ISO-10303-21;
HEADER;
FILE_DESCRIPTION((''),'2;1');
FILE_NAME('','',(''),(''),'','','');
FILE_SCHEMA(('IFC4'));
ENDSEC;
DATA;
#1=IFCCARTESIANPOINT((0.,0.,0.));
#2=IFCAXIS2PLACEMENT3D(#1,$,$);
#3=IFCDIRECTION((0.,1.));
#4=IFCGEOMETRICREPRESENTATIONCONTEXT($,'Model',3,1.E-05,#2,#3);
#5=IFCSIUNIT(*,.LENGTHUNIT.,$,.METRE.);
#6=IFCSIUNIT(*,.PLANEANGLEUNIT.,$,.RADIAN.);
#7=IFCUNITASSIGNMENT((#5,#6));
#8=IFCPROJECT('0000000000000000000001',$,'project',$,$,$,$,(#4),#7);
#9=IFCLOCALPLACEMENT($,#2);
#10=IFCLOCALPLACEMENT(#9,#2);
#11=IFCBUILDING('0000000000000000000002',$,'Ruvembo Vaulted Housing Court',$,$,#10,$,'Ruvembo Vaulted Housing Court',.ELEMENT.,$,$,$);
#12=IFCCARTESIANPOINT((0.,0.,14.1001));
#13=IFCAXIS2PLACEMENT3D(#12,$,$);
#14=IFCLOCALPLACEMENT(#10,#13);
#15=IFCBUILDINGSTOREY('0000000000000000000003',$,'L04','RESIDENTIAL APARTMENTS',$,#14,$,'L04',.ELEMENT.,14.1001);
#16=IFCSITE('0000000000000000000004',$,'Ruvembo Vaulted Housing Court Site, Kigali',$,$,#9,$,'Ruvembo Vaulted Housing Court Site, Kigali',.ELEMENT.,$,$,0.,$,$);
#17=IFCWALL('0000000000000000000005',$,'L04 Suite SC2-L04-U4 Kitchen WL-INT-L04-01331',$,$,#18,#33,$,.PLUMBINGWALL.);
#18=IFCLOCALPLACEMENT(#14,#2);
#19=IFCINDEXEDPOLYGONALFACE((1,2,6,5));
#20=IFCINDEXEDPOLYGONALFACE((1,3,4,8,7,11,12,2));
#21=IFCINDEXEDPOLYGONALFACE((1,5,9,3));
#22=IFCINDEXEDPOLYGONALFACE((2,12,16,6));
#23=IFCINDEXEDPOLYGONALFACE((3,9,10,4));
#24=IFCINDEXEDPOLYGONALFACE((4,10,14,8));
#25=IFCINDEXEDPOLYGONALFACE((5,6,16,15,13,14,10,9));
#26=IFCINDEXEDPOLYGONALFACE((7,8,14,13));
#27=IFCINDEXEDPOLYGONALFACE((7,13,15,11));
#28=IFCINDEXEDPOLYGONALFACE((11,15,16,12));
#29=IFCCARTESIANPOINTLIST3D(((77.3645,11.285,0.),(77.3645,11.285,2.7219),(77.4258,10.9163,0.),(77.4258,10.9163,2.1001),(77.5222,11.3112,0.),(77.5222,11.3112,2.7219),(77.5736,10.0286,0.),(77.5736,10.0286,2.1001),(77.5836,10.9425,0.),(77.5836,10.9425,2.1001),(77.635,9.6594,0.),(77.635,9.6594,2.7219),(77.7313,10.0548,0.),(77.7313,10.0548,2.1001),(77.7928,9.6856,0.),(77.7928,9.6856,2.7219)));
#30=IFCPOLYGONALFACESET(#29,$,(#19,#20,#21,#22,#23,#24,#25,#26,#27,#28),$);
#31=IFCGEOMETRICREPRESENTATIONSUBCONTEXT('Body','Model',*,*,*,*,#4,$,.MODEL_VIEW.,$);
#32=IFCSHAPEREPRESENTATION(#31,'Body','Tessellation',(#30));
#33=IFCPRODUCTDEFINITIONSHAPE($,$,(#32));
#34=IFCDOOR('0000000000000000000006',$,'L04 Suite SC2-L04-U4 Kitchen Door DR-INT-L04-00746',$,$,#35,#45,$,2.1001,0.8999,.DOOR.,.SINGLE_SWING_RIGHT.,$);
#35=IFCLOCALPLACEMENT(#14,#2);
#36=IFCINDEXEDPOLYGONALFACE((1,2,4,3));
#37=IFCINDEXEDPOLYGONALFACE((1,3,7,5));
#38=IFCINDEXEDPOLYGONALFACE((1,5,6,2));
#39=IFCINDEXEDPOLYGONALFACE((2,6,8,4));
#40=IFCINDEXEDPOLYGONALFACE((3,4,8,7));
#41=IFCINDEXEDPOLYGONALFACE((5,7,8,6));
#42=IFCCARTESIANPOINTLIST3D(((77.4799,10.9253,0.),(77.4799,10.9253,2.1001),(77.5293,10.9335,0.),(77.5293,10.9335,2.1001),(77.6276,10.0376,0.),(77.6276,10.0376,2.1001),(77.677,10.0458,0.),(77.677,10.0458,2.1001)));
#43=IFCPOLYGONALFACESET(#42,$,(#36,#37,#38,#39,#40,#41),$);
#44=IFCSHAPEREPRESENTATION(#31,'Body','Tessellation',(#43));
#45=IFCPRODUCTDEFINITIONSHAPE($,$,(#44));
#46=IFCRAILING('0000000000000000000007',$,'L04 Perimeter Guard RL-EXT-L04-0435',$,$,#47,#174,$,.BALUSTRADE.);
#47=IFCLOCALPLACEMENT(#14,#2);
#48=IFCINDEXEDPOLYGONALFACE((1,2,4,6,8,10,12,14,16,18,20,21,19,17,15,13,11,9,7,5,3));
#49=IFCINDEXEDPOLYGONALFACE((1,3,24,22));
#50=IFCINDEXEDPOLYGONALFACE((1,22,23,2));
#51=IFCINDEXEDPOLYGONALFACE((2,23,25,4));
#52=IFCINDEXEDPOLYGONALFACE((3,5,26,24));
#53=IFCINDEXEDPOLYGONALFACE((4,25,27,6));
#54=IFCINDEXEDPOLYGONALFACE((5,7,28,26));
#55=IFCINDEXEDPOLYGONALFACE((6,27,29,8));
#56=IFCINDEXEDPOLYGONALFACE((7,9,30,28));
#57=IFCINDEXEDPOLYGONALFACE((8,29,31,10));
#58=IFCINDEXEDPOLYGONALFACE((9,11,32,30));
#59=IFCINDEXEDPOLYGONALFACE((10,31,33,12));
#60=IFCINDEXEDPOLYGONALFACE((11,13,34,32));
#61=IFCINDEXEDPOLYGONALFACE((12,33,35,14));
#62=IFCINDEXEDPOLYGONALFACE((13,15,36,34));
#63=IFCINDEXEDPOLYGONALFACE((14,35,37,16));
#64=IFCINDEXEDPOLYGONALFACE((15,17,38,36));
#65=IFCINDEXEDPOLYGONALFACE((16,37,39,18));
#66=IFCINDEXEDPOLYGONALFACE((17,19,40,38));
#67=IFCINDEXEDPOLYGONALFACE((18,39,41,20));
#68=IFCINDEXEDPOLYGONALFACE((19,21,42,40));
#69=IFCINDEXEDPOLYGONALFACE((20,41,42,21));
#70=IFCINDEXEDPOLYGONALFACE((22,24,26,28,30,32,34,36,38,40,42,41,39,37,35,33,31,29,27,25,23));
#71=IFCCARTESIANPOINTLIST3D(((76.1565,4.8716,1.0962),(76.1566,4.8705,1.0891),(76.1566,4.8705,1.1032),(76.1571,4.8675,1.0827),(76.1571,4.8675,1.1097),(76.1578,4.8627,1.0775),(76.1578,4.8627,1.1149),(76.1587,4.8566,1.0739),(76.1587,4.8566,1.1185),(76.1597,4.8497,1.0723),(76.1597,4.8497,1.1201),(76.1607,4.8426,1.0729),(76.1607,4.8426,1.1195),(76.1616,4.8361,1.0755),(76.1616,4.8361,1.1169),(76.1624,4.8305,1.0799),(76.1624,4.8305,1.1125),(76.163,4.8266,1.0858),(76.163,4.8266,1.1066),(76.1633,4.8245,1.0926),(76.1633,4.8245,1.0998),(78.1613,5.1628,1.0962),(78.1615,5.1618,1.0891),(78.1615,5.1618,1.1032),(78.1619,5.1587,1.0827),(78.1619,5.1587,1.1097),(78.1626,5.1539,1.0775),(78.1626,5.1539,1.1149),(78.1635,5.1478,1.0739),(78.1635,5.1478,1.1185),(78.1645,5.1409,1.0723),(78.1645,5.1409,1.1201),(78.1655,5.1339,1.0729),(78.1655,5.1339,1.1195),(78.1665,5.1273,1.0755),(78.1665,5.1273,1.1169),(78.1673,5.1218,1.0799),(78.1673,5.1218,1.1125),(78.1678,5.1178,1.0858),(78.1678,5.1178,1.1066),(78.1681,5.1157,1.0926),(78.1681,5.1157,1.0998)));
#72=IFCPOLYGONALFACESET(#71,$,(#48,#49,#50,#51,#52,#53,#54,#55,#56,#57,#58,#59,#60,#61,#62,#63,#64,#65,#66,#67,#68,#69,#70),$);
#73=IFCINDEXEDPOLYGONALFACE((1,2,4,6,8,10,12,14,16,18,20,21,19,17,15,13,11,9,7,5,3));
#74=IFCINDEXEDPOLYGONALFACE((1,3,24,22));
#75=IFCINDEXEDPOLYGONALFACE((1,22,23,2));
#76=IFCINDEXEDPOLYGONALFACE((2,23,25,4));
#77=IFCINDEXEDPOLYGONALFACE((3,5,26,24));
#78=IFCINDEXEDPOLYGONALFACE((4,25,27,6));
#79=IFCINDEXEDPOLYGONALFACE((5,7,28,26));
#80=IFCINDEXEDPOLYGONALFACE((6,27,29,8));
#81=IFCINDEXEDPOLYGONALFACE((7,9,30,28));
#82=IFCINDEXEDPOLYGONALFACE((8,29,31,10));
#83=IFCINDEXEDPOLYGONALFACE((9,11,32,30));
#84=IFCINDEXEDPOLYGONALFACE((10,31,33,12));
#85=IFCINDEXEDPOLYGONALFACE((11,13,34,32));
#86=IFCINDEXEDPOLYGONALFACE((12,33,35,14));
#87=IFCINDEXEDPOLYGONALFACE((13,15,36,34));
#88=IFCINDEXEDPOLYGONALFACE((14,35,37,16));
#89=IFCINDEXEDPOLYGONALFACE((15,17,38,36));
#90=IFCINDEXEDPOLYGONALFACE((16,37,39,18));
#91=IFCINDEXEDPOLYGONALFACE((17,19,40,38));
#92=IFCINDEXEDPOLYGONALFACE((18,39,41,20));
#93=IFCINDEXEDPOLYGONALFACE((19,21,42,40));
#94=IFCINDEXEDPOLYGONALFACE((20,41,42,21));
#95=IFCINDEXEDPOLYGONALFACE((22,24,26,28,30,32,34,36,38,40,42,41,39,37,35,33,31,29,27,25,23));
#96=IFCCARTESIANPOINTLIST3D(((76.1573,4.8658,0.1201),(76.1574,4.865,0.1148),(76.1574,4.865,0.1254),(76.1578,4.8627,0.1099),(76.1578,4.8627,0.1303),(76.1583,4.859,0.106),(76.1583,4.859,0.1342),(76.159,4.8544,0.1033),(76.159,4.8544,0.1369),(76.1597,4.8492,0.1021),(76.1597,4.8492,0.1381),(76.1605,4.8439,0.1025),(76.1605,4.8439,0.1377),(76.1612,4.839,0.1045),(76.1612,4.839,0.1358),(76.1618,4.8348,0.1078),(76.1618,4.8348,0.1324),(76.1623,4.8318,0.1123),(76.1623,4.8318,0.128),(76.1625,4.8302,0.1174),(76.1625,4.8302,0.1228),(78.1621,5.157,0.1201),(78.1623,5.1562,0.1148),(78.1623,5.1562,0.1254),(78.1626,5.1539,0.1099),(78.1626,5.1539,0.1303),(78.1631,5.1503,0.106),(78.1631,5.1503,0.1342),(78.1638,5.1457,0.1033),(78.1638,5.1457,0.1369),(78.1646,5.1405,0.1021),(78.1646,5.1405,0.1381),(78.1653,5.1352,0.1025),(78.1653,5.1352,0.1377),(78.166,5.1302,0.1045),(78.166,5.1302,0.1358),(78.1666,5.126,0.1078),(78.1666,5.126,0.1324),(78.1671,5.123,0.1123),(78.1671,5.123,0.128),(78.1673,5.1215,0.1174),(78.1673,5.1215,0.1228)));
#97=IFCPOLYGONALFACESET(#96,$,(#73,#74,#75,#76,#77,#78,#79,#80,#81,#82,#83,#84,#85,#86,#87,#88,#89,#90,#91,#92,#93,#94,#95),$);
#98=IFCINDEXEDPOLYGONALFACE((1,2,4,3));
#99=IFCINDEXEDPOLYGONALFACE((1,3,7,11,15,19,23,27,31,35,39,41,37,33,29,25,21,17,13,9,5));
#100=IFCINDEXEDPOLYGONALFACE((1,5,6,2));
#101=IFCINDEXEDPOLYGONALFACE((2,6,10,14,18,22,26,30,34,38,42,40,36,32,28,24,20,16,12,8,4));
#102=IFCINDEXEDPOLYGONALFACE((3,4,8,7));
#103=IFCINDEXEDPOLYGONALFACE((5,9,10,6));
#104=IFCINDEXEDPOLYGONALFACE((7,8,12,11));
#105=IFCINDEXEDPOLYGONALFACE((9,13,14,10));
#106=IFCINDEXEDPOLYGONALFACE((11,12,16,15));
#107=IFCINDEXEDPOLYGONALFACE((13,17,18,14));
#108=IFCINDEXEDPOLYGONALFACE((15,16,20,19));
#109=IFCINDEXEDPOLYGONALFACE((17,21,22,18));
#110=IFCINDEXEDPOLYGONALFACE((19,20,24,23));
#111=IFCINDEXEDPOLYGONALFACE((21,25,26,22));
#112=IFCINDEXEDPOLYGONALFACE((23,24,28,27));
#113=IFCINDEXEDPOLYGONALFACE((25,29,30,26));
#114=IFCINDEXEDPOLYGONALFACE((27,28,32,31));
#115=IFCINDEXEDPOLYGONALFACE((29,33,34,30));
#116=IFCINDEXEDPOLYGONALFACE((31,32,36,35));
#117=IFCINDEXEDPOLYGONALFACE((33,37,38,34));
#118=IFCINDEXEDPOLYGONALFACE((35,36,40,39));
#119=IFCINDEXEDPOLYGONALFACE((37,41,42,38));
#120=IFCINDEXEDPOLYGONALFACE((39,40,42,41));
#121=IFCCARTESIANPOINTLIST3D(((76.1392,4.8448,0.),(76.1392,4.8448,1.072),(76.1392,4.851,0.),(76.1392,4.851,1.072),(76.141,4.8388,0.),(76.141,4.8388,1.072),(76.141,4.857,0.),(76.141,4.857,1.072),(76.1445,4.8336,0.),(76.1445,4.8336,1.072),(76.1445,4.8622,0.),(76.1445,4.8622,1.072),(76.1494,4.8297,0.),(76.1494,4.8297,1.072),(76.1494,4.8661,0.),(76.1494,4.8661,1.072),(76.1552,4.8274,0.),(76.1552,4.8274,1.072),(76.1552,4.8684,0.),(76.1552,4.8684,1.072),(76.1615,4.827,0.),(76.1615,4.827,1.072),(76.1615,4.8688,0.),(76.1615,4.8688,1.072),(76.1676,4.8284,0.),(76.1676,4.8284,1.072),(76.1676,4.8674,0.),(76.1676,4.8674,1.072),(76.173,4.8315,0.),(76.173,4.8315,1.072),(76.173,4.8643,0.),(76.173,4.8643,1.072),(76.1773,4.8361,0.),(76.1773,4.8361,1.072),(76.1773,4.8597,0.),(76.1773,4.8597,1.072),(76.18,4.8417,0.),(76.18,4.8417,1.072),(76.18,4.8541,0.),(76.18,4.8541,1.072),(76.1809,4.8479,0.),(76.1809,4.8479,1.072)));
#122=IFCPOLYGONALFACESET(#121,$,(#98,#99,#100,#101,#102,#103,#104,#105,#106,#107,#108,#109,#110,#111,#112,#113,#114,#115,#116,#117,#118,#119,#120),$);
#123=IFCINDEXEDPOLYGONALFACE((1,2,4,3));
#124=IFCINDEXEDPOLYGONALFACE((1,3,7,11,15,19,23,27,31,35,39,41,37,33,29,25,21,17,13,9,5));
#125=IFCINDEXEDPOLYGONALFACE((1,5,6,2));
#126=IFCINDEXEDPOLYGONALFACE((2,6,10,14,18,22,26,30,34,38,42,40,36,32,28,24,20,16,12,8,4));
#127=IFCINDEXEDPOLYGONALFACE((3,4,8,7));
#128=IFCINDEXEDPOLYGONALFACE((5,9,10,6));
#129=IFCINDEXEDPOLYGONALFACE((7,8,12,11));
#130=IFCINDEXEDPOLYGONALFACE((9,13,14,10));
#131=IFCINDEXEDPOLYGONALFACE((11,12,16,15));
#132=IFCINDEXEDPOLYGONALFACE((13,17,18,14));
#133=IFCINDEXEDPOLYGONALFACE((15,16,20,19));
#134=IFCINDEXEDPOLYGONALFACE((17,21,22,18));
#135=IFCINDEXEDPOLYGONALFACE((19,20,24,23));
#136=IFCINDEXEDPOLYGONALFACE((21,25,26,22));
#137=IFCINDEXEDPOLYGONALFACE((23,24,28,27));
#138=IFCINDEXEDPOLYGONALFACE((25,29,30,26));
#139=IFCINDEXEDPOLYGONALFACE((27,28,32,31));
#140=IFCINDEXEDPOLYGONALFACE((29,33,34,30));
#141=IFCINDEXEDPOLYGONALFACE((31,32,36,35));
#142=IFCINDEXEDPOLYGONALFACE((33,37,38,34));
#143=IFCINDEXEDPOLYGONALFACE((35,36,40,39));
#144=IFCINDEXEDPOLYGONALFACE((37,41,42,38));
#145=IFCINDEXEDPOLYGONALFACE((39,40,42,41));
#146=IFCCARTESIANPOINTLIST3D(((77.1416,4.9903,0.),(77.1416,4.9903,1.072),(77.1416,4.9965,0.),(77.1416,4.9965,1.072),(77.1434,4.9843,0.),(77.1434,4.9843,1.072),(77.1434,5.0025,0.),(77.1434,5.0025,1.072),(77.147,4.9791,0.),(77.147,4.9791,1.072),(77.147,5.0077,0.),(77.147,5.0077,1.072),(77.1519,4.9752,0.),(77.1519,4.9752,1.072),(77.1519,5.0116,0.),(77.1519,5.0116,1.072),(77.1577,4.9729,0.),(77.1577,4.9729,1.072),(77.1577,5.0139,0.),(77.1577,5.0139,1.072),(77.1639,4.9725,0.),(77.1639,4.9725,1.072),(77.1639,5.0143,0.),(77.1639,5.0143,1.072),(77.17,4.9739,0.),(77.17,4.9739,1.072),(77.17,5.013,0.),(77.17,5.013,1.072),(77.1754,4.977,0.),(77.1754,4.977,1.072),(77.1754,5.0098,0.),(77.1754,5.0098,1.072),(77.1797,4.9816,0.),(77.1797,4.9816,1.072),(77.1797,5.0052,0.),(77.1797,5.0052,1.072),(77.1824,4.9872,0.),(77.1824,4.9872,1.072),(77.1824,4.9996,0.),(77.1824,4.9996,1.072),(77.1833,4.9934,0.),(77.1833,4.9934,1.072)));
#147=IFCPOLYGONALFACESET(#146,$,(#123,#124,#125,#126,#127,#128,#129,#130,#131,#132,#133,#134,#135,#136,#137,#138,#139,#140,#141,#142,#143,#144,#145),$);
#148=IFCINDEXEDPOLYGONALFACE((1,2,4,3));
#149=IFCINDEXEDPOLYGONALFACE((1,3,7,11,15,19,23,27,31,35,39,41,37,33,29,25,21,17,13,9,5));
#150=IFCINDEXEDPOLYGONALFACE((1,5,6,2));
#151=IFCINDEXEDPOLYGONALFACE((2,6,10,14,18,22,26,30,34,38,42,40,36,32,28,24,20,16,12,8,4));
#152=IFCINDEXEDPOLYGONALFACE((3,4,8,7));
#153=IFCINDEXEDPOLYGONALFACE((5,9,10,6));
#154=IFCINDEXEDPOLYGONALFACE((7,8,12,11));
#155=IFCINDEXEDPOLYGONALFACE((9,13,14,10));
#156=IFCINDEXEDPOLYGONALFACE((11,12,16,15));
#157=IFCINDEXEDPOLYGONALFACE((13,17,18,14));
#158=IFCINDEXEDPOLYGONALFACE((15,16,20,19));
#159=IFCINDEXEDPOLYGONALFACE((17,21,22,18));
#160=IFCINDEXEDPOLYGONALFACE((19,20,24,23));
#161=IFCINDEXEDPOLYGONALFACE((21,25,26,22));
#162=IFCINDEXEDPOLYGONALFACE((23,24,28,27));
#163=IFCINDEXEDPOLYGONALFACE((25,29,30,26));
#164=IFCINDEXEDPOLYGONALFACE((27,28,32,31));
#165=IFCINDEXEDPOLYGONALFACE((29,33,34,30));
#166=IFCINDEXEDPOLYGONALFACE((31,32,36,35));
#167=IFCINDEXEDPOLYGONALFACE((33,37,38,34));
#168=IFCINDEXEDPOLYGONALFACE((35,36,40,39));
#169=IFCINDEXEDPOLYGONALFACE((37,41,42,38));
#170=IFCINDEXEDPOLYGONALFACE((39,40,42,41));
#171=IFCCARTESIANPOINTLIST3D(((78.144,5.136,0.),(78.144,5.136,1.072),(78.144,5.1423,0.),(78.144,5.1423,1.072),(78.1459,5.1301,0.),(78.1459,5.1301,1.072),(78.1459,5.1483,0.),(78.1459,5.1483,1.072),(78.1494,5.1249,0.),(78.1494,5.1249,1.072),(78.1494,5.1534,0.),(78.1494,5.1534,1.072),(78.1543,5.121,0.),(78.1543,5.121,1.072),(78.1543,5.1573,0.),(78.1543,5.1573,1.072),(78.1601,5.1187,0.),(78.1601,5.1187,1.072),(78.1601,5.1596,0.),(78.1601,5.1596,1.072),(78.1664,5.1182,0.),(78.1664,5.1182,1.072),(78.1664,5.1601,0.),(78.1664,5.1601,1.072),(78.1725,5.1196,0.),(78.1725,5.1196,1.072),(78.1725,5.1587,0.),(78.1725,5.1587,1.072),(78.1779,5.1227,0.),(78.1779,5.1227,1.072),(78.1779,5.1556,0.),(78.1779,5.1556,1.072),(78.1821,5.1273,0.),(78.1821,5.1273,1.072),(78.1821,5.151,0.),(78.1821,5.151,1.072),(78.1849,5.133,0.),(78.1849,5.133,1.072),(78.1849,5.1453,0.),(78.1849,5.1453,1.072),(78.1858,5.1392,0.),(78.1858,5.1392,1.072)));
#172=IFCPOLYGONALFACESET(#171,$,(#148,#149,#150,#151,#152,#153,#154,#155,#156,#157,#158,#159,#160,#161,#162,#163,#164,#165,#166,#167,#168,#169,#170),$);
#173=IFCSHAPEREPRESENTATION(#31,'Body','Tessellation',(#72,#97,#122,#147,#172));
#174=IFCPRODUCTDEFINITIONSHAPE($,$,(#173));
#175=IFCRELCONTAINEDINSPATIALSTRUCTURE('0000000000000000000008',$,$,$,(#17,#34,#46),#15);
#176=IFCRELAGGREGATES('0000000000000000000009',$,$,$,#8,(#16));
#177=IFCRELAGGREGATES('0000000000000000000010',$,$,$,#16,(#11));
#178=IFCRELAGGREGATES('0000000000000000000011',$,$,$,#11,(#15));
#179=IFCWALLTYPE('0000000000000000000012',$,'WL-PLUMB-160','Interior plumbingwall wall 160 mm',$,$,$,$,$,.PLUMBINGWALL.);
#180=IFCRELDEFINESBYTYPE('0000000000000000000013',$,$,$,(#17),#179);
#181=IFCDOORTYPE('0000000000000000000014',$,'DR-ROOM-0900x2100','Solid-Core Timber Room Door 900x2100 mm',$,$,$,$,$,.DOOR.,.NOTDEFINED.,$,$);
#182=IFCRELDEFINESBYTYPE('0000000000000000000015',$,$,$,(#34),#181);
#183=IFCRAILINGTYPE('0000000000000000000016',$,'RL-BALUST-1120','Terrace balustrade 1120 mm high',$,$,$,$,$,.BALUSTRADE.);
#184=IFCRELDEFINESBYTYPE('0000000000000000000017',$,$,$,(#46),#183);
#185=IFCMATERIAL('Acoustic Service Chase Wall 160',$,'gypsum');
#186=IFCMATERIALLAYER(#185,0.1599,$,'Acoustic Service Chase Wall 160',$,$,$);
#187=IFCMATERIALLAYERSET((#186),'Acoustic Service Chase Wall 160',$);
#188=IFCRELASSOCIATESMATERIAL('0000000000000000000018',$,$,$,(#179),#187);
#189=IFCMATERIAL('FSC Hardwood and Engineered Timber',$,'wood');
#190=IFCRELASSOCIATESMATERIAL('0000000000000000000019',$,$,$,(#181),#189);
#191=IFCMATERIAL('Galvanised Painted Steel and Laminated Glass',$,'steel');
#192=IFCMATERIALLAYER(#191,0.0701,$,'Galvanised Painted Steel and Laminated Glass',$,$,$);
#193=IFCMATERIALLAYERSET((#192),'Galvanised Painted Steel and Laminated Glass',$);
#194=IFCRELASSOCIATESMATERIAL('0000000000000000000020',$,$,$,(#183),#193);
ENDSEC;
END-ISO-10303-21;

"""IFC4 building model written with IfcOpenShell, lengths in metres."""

from ifc_helpers import new_model, si_unit, direction, frame, frame_2d, origin, origin_2d, place, context, subcontext, project, spatial, rectangle, circle, extrude, material, layer, layer_set, type_object, element, fill, save


model = new_model("IFC4")

# Units and contexts
model_context = context("Model", 3, precision=1e-05, world=origin(), true_north=direction((0.0, 1.0)))
body_context = subcontext(model_context, "Body", "Model", "MODEL_VIEW")
ifc_project = project(units=[si_unit("LENGTHUNIT", "METRE"), si_unit("PLANEANGLEUNIT", "RADIAN")], contexts=[model_context])

# Site, building, storey
site_placement = place(None, origin())
site = spatial("IfcSite", under=ifc_project, at=site_placement, Name="Ruvembo Vaulted Housing Court Site, Kigali", LongName="Ruvembo Vaulted Housing Court Site, Kigali", CompositionType="ELEMENT", RefElevation=0.0)
building_placement = place(site_placement, origin())
building = spatial("IfcBuilding", under=site, at=building_placement, Name="Ruvembo Vaulted Housing Court", LongName="Ruvembo Vaulted Housing Court", CompositionType="ELEMENT")
storey_placement = place(building_placement, frame((0.0, 0.0, 14.1001)))
storey = spatial("IfcBuildingStorey", under=building, at=storey_placement, Name="L04", Description="RESIDENTIAL APARTMENTS", LongName="L04", CompositionType="ELEMENT", Elevation=14.1001)

# Shared definitions
ifc_material_1 = material(Name="FSC Hardwood and Engineered Timber", Category="wood")

# Wall, opening, door
ifc_material_2 = material(Name="Acoustic Service Chase Wall 160", Category="gypsum")
ifc_layer_1 = layer(ifc_material_2, 0.1599, Name="Acoustic Service Chase Wall 160")
ifc_layer_set_1 = layer_set([ifc_layer_1], Name="Acoustic Service Chase Wall 160")
wall_type_1 = type_object("IfcWallType", Name="WL-PLUMB-160", Description="Interior plumbingwall wall 160 mm", PredefinedType="PLUMBINGWALL", material=ifc_layer_set_1)
wall_1_placement = place(storey_placement, frame((77.4434, 11.2981, 0.0), z_axis=(0.0, 0.0, 1.0), x_axis=(0.164159, -0.986434, 0.0)))
wall_1 = element("IfcWall", 1, at=wall_1_placement, inside=storey, type_object=wall_type_1, Name="L04 Suite SC2-L04-U4 Kitchen WL-INT-L04-01331", PredefinedType="PLUMBINGWALL", context=body_context, shape_type="SweptSolid", body=[
    extrude(rectangle(XDim=1.6479, YDim=0.1599, at=frame_2d((0.824, 0.0))), origin(), (0.0, 0.0, 1.0), 2.7219),
])
opening_1_placement = place(wall_1_placement, frame((0.3738, 0.0, 0.0)))
opening_1 = element("IfcOpeningElement", 2, at=opening_1_placement, cuts=wall_1, PredefinedType="OPENING", context=body_context, shape_type="SweptSolid", body=[
    extrude(rectangle(XDim=0.8999, YDim=2.1001, at=frame_2d((0.45, 1.05))), frame((0.0, 0.0898, 0.0), z_axis=(0.0, -1.0, 0.0), x_axis=(1.0, 0.0, 0.0)), (0.0, 0.0, 1.0), 0.1799),
])
door_type_1 = type_object("IfcDoorType", Name="DR-ROOM-0900x2100", Description="Solid-Core Timber Room Door 900x2100 mm", OperationType="NOTDEFINED", PredefinedType="DOOR", material=ifc_material_1)
door_1_placement = place(opening_1_placement, origin())
door_1 = element("IfcDoor", 3, at=door_1_placement, inside=storey, type_object=door_type_1, Name="L04 Suite SC2-L04-U4 Kitchen Door DR-INT-L04-00746", OperationType="SINGLE_SWING_RIGHT", OverallHeight=2.1001, OverallWidth=0.8999, PredefinedType="DOOR", context=body_context, shape_type="SweptSolid", body=[
    extrude(rectangle(XDim=0.8999, YDim=2.1001, at=frame_2d((0.45, 1.05))), frame((0.0, 0.0249, 0.0), z_axis=(0.0, -1.0, 0.0), x_axis=(1.0, 0.0, 0.0)), (0.0, 0.0, 1.0), 0.05),
])
fill(opening_1, door_1)

# Railing
ifc_material_3 = material(Name="Galvanised Painted Steel and Laminated Glass", Category="steel")
ifc_layer_2 = layer(ifc_material_3, 0.0701, Name="Galvanised Painted Steel and Laminated Glass")
ifc_layer_set_2 = layer_set([ifc_layer_2], Name="Galvanised Painted Steel and Laminated Glass")
railing_type = type_object("IfcRailingType", Name="RL-BALUST-1120", Description="Terrace balustrade 1120 mm high", PredefinedType="BALUSTRADE", material=ifc_layer_set_2)
railing_placement = place(storey_placement, frame((76.1599, 4.8479, 0.0)))
element("IfcRailing", 4, at=railing_placement, inside=storey, type_object=railing_type, Name="L04 Perimeter Guard RL-EXT-L04-0435", PredefinedType="BALUSTRADE", context=body_context, shape_type="SweptSolid", body=[
    extrude(circle(Radius=0.0239, at=origin_2d()), frame((0.0, 0.0, 1.0962), z_axis=(0.989612, 0.143766, 0.0), x_axis=(-0.143766, 0.989612, 0.0)), (0.0, 0.0, 1.0), 2.0259),
    extrude(circle(Radius=0.0181, at=origin_2d()), frame((0.0, 0.0, 0.1201), z_axis=(0.989612, 0.143766, 0.0), x_axis=(-0.143766, 0.989612, 0.0)), (0.0, 0.0, 1.0), 2.0259),
    extrude(circle(Radius=0.021, at=origin_2d()), origin(), (0.0, 0.0, 1.0), 1.072),
    extrude(circle(Radius=0.021, at=origin_2d()), frame((1.0024, 0.1455, 0.0)), (0.0, 0.0, 1.0), 1.072),
    extrude(circle(Radius=0.021, at=origin_2d()), frame((2.0049, 0.2913, 0.0)), (0.0, 0.0, 1.0), 1.072),
])

save(model, "model.ifc")
